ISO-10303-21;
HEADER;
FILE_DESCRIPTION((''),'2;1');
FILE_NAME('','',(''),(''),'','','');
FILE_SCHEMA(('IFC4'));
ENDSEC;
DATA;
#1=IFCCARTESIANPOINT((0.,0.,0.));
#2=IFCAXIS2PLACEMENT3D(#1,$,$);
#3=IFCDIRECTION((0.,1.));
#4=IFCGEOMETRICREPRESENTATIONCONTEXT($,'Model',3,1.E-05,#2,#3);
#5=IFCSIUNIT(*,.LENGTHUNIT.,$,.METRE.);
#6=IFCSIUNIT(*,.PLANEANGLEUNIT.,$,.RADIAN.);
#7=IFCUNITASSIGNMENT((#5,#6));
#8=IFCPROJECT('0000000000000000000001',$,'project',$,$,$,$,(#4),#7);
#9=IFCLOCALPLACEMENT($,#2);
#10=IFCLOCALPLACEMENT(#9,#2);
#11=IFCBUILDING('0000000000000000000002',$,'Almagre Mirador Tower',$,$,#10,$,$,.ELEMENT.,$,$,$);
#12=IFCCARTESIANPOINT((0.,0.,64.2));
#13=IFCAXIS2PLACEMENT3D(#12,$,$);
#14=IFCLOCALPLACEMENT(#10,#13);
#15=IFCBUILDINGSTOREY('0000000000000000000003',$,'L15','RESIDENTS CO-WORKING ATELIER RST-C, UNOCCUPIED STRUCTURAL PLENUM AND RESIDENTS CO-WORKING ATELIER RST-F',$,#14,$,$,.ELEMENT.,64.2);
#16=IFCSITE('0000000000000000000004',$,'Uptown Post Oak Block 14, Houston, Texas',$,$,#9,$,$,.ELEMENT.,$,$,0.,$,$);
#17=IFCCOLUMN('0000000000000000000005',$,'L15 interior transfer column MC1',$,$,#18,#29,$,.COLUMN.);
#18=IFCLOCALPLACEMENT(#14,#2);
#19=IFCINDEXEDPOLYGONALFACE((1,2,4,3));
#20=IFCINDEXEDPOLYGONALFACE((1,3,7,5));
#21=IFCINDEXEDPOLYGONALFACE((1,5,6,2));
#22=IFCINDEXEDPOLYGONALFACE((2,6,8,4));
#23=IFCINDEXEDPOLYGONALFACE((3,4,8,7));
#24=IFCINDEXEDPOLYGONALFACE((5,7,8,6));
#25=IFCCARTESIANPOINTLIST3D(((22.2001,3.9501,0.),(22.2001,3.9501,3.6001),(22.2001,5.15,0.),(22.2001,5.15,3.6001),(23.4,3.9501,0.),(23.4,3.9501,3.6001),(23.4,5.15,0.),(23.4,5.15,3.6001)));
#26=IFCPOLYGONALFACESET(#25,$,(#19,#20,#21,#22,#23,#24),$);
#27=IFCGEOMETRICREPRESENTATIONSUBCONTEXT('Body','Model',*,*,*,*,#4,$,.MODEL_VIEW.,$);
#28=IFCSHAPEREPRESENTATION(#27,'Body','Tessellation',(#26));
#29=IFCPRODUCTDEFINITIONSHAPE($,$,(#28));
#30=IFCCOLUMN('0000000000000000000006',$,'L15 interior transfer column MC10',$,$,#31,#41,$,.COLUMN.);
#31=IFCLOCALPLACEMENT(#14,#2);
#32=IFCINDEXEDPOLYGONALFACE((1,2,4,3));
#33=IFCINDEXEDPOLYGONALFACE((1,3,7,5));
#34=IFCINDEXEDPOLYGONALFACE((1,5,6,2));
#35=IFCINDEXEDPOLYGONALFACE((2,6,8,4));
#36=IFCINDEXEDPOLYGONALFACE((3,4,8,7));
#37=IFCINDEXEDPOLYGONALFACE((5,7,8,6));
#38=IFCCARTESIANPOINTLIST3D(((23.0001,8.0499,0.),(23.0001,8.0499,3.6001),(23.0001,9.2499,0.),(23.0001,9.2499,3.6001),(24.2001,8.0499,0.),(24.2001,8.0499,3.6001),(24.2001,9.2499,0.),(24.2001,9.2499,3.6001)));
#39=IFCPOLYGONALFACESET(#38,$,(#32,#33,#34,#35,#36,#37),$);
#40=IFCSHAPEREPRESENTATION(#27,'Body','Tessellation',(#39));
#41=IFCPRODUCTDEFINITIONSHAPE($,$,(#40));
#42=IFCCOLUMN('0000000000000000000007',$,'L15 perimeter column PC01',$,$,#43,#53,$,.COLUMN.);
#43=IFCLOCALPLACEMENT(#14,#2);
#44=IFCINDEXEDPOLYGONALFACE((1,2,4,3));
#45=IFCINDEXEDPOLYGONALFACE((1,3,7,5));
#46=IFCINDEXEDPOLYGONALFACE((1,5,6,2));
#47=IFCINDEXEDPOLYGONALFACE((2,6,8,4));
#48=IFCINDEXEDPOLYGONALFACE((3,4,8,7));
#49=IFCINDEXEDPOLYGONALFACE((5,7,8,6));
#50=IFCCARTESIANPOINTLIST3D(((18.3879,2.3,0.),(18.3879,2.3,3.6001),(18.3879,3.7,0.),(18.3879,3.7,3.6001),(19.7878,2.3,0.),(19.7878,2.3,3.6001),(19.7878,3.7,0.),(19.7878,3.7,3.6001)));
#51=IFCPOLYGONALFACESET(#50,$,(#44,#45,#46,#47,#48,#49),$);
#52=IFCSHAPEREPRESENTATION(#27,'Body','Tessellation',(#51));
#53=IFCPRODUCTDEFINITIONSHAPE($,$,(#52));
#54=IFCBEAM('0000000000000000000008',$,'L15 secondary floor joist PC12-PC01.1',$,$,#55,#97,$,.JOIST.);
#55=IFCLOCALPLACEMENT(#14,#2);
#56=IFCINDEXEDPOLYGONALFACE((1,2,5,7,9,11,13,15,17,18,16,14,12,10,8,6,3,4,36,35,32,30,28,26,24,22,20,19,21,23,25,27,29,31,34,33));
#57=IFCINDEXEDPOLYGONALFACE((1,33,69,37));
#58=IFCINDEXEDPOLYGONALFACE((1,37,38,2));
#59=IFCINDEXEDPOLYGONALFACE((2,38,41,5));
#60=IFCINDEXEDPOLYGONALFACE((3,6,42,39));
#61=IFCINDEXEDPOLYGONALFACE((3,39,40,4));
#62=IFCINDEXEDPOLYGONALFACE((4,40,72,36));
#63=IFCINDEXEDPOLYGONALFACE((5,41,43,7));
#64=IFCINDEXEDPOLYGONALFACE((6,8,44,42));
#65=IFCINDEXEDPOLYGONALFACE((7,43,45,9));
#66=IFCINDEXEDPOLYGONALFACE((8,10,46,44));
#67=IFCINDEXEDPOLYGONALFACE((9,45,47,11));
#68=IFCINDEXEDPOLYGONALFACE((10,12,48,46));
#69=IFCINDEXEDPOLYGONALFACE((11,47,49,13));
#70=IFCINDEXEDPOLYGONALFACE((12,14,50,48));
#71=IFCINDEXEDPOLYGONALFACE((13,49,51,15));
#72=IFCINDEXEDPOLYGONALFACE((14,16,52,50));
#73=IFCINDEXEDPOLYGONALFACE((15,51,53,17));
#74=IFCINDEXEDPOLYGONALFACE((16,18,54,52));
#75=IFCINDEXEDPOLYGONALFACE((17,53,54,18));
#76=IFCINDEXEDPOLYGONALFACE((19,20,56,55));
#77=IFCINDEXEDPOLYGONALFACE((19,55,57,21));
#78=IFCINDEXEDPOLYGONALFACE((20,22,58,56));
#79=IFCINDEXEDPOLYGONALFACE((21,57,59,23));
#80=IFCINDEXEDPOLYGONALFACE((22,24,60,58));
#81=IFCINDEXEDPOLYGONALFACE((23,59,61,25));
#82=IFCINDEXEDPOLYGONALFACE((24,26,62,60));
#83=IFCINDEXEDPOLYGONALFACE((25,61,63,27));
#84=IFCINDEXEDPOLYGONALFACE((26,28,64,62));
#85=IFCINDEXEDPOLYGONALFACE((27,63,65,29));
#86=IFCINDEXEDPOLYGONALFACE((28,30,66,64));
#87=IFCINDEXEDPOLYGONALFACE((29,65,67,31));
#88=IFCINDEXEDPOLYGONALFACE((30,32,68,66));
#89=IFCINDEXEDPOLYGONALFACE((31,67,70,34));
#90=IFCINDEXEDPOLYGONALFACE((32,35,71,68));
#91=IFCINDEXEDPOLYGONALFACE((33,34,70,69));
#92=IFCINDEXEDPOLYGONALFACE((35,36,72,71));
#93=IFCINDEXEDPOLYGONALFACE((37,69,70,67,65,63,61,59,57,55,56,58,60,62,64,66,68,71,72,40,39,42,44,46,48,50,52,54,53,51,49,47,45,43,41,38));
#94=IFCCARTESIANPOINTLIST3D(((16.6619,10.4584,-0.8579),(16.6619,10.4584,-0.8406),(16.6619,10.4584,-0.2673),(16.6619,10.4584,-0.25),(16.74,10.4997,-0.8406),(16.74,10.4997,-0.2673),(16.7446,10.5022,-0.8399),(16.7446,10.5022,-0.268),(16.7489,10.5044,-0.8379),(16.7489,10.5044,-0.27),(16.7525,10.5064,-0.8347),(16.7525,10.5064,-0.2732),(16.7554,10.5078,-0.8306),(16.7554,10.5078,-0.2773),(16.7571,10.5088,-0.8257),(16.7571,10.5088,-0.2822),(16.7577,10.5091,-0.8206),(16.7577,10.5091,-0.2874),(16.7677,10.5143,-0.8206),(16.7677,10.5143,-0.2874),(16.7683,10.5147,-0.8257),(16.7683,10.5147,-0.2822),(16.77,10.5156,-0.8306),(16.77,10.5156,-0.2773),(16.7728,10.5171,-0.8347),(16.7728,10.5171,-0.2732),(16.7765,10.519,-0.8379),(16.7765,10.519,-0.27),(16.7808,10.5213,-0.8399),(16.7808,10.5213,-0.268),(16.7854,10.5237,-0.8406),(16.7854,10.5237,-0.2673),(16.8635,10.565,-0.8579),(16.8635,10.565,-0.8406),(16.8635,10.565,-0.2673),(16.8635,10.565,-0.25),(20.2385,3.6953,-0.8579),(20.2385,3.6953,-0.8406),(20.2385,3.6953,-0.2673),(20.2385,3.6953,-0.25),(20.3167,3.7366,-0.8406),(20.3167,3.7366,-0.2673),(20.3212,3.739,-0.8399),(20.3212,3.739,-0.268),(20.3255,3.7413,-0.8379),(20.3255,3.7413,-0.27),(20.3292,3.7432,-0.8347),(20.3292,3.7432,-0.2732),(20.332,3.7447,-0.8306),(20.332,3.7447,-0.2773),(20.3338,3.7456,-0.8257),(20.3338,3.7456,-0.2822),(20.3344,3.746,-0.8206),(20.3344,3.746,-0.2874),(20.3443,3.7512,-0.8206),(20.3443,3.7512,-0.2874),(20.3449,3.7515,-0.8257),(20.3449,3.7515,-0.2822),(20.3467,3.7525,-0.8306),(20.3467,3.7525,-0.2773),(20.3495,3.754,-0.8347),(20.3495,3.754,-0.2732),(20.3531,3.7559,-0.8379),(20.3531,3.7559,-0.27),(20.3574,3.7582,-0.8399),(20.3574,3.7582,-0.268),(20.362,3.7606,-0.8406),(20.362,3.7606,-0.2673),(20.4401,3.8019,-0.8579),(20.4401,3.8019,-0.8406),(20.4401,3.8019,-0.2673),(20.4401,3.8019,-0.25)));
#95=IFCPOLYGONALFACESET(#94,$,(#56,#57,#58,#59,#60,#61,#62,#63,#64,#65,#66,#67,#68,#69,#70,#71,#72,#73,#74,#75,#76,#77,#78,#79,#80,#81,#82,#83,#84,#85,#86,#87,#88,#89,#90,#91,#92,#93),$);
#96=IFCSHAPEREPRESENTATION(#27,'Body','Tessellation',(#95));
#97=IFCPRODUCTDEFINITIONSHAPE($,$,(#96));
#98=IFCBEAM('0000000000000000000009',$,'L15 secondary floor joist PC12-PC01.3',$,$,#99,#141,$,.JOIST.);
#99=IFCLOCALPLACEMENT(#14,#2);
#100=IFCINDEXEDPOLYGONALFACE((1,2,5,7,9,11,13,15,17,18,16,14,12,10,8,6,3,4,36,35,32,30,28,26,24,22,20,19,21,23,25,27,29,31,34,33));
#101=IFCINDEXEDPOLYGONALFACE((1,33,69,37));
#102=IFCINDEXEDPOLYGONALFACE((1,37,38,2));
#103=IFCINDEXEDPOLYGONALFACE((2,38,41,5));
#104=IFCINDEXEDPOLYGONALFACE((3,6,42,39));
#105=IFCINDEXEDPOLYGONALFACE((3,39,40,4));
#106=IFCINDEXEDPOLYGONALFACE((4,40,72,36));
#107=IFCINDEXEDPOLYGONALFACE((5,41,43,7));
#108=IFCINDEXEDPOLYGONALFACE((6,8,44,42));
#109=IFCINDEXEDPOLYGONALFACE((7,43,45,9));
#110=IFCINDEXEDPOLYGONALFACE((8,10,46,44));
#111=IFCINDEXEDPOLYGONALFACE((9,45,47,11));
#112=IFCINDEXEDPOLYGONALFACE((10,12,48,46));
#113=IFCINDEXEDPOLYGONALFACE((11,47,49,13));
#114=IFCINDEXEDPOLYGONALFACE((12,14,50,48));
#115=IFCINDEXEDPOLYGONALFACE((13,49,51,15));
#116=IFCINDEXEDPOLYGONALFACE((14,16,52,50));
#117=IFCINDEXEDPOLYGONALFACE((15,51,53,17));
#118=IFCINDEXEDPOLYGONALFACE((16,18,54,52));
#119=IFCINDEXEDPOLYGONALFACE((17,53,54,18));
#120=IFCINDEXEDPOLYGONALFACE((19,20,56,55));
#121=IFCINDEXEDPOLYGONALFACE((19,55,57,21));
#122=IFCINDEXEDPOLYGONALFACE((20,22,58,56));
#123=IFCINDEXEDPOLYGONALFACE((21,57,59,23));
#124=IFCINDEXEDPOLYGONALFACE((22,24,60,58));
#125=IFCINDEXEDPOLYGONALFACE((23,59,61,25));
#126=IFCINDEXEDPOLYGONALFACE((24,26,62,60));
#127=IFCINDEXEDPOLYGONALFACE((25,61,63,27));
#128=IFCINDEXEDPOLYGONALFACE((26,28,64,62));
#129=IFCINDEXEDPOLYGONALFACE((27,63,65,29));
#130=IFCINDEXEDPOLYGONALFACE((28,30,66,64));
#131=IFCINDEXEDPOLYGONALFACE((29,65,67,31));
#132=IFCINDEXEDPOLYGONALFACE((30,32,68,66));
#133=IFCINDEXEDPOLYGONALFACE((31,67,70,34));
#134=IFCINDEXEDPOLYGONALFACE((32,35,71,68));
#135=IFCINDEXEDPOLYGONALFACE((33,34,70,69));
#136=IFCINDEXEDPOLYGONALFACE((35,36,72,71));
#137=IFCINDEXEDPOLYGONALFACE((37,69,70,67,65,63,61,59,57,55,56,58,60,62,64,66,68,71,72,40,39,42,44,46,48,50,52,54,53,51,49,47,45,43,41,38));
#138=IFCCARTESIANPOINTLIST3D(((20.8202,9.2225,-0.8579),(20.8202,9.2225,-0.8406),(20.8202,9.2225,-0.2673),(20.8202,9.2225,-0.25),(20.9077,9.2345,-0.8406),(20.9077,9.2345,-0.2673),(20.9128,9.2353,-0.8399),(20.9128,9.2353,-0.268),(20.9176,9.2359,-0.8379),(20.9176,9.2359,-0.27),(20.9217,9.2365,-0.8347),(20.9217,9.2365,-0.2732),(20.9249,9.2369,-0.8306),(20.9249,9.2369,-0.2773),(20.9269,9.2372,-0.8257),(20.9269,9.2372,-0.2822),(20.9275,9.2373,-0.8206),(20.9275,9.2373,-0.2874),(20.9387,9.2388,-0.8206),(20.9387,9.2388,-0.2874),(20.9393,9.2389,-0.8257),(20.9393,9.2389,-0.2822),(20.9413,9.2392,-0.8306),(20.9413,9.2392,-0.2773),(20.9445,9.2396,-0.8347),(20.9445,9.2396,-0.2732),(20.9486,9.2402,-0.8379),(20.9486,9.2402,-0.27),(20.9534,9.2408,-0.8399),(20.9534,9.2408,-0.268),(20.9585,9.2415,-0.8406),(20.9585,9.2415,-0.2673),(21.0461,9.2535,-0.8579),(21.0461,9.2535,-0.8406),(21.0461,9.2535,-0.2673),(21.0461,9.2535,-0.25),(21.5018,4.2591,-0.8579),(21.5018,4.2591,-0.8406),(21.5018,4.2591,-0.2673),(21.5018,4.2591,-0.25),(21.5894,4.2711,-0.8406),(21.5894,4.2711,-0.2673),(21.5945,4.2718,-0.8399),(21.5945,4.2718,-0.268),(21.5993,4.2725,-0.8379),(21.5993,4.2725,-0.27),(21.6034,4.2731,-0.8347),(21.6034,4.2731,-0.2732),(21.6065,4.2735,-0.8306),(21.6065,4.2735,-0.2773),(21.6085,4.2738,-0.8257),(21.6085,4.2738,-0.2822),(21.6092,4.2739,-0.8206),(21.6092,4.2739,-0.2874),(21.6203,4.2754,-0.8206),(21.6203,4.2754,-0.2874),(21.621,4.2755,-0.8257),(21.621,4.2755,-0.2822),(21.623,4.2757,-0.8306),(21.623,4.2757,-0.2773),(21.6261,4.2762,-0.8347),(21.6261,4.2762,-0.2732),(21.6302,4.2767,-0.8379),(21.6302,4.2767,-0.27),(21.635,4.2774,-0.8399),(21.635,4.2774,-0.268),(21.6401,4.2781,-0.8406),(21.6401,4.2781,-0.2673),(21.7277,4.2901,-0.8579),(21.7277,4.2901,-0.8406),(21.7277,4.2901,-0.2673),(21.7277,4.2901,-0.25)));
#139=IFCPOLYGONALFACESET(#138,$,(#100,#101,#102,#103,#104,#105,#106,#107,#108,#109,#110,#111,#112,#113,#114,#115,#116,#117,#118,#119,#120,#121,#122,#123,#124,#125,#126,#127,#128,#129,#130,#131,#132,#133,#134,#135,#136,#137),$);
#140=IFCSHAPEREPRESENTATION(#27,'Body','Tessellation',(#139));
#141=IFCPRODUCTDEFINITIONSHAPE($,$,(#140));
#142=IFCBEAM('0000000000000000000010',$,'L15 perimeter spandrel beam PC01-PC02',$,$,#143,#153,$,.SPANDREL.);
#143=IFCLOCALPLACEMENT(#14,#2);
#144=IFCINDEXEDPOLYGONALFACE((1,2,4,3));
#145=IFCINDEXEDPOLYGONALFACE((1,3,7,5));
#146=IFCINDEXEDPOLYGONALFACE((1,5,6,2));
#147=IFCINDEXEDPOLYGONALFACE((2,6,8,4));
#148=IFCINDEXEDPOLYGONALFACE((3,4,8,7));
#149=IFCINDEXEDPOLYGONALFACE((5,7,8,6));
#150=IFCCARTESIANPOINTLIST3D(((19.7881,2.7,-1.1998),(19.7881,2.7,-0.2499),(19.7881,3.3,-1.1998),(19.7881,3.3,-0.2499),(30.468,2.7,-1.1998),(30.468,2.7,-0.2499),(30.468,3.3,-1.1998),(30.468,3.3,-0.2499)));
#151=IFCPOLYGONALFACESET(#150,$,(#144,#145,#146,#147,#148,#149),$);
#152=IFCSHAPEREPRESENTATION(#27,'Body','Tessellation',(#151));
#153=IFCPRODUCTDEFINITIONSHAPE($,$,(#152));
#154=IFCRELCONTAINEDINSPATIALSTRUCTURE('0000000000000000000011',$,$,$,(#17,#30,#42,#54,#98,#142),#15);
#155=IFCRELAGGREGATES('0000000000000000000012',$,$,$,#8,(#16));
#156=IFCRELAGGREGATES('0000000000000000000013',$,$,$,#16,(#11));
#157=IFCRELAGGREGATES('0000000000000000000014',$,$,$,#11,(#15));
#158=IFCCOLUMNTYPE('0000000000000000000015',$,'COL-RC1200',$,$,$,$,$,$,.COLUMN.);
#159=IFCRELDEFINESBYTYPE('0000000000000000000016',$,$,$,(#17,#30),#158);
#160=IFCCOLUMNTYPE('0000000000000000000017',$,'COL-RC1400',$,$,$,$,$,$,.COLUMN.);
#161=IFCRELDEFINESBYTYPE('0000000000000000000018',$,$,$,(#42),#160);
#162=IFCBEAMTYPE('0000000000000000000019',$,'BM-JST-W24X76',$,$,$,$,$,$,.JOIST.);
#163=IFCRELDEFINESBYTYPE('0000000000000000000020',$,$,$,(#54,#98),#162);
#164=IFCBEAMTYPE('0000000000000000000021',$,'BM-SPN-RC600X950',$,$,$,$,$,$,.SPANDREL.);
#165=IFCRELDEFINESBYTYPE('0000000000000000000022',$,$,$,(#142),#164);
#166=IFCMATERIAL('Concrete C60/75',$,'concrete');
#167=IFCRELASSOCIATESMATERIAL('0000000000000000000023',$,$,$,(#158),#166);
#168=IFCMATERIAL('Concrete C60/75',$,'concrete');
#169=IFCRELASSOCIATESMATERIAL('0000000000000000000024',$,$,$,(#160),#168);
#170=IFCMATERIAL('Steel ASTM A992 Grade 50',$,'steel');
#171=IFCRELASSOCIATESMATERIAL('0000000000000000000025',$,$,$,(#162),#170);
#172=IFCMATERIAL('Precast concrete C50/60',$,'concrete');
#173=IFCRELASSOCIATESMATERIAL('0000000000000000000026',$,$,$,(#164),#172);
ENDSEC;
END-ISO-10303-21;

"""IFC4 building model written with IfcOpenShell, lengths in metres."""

from ifc_helpers import new_model, si_unit, direction, frame, origin, origin_2d, place, context, subcontext, project, spatial, rectangle, i_section, extrude, material, material_profile, profile_set, type_object, element, save


model = new_model("IFC4")

# Units and contexts
model_context = context("Model", 3, precision=1e-05, world=origin(), true_north=direction((0.0, 1.0)))
body_context = subcontext(model_context, "Body", "Model", "MODEL_VIEW")
ifc_project = project(units=[si_unit("LENGTHUNIT", "METRE"), si_unit("PLANEANGLEUNIT", "RADIAN")], contexts=[model_context])

# Site, building, storey
site_placement = place(None, origin())
site = spatial("IfcSite", under=ifc_project, at=site_placement, Name="Uptown Post Oak Block 14, Houston, Texas", CompositionType="ELEMENT", RefElevation=0.0)
building_placement = place(site_placement, origin())
building = spatial("IfcBuilding", under=site, at=building_placement, Name="Almagre Mirador Tower", CompositionType="ELEMENT")
storey_placement = place(building_placement, frame((0.0, 0.0, 64.2)))
storey = spatial("IfcBuildingStorey", under=building, at=storey_placement, Name="L15", Description="RESIDENTS CO-WORKING ATELIER RST-C, UNOCCUPIED STRUCTURAL PLENUM AND RESIDENTS CO-WORKING ATELIER RST-F", CompositionType="ELEMENT", Elevation=64.2)

# Columns
ifc_material_1 = material(Name="Concrete C60/75", Category="concrete")
ifc_material_profile_1 = material_profile(ifc_material_1, rectangle(XDim=1.2, YDim=1.2, at=origin_2d()), Name="RC1200X1200")
ifc_profile_set_1 = profile_set([ifc_material_profile_1], Name="Concrete C60/75")
column_type_1 = type_object("IfcColumnType", Name="COL-RC1200", PredefinedType="COLUMN", material=ifc_profile_set_1)
for number, where, z_axis, x_axis, name in (
    (1, (22.8, 4.55, 0.0), (0.0, 0.0, 1.0), (1.0, 0.0, 0.0), "L15 interior transfer column MC1"),
    (2, (23.6001, 8.6499, 0.0), (0.0, 0.0, 1.0), (1.0, 0.0, 0.0), "L15 interior transfer column MC10"),
):
    element("IfcColumn", number, at=place(storey_placement, frame(where, z_axis=z_axis, x_axis=x_axis)), inside=storey, type_object=column_type_1, Name=name, PredefinedType="COLUMN", context=body_context, shape_type="SweptSolid", body=[
        extrude(rectangle(XDim=1.2, YDim=1.2, at=origin_2d()), origin(), (0.0, 0.0, 1.0), 3.6001),
    ])
ifc_material_2 = material(Name="Concrete C60/75", Category="concrete")
ifc_material_profile_2 = material_profile(ifc_material_2, rectangle(XDim=1.3999, YDim=1.3999, at=origin_2d()), Name="RC1400X1400")
ifc_profile_set_2 = profile_set([ifc_material_profile_2], Name="Concrete C60/75")
column_type_2 = type_object("IfcColumnType", Name="COL-RC1400", PredefinedType="COLUMN", material=ifc_profile_set_2)
column_placement = place(storey_placement, frame((19.0879, 3.0, 0.0), z_axis=(0.0, 0.0, 1.0), x_axis=(1.0, 0.0, 0.0)))
element("IfcColumn", 3, at=column_placement, inside=storey, type_object=column_type_2, Name="L15 perimeter column PC01", PredefinedType="COLUMN", context=body_context, shape_type="SweptSolid", body=[
    extrude(rectangle(XDim=1.3999, YDim=1.3999, at=origin_2d()), origin(), (0.0, 0.0, 1.0), 3.6001),
])

# Beams
ifc_material_3 = material(Name="Steel ASTM A992 Grade 50", Category="steel")
ifc_material_profile_3 = material_profile(ifc_material_3, i_section(OverallWidth=0.228, OverallDepth=0.6079, WebThickness=0.0112, FlangeThickness=0.0173, FilletRadius=0.02, at=origin_2d()), Name="W24X76")
ifc_profile_set_3 = profile_set([ifc_material_profile_3], Name="Steel ASTM A992 Grade 50")
beam_type_1 = type_object("IfcBeamType", Name="BM-JST-W24X76", PredefinedType="JOIST", material=ifc_profile_set_3)
beam_1_placement = place(storey_placement, frame((16.7627, 10.5117, -0.554), z_axis=(0.467495, -0.883996, 0.0), x_axis=(0.883996, 0.467495, 0.0)))
element("IfcBeam", 4, at=beam_1_placement, inside=storey, type_object=beam_type_1, Name="L15 secondary floor joist PC12-PC01.1", PredefinedType="JOIST", context=body_context, shape_type="SweptSolid", body=[
    extrude(i_section(OverallWidth=0.228, OverallDepth=0.6079, WebThickness=0.0112, FlangeThickness=0.0173, FilletRadius=0.02, at=origin_2d()), origin(), (0.0, 0.0, 1.0), 7.6506),
])
beam_2_placement = place(storey_placement, frame((20.9331, 9.238, -0.554), z_axis=(0.136057, -0.990701, 0.0), x_axis=(0.990701, 0.136057, 0.0)))
element("IfcBeam", 5, at=beam_2_placement, inside=storey, type_object=beam_type_1, Name="L15 secondary floor joist PC12-PC01.3", PredefinedType="JOIST", context=body_context, shape_type="SweptSolid", body=[
    extrude(i_section(OverallWidth=0.228, OverallDepth=0.6079, WebThickness=0.0112, FlangeThickness=0.0173, FilletRadius=0.02, at=origin_2d()), origin(), (0.0, 0.0, 1.0), 5.01),
])
ifc_material_4 = material(Name="Precast concrete C50/60", Category="concrete")
ifc_material_profile_4 = material_profile(ifc_material_4, rectangle(XDim=0.6001, YDim=0.95, at=origin_2d()), Name="RC600X950")
ifc_profile_set_4 = profile_set([ifc_material_profile_4], Name="Precast concrete C50/60")
beam_type_2 = type_object("IfcBeamType", Name="BM-SPN-RC600X950", PredefinedType="SPANDREL", material=ifc_profile_set_4)
beam_3_placement = place(storey_placement, frame((19.7881, 3.0, -0.7249), z_axis=(1.0, 0.0, 0.0), x_axis=(0.0, 1.0, 0.0)))
element("IfcBeam", 6, at=beam_3_placement, inside=storey, type_object=beam_type_2, Name="L15 perimeter spandrel beam PC01-PC02", PredefinedType="SPANDREL", context=body_context, shape_type="SweptSolid", body=[
    extrude(rectangle(XDim=0.6001, YDim=0.95, at=origin_2d()), origin(), (0.0, 0.0, 1.0), 10.6799),
])

save(model, "model.ifc")
